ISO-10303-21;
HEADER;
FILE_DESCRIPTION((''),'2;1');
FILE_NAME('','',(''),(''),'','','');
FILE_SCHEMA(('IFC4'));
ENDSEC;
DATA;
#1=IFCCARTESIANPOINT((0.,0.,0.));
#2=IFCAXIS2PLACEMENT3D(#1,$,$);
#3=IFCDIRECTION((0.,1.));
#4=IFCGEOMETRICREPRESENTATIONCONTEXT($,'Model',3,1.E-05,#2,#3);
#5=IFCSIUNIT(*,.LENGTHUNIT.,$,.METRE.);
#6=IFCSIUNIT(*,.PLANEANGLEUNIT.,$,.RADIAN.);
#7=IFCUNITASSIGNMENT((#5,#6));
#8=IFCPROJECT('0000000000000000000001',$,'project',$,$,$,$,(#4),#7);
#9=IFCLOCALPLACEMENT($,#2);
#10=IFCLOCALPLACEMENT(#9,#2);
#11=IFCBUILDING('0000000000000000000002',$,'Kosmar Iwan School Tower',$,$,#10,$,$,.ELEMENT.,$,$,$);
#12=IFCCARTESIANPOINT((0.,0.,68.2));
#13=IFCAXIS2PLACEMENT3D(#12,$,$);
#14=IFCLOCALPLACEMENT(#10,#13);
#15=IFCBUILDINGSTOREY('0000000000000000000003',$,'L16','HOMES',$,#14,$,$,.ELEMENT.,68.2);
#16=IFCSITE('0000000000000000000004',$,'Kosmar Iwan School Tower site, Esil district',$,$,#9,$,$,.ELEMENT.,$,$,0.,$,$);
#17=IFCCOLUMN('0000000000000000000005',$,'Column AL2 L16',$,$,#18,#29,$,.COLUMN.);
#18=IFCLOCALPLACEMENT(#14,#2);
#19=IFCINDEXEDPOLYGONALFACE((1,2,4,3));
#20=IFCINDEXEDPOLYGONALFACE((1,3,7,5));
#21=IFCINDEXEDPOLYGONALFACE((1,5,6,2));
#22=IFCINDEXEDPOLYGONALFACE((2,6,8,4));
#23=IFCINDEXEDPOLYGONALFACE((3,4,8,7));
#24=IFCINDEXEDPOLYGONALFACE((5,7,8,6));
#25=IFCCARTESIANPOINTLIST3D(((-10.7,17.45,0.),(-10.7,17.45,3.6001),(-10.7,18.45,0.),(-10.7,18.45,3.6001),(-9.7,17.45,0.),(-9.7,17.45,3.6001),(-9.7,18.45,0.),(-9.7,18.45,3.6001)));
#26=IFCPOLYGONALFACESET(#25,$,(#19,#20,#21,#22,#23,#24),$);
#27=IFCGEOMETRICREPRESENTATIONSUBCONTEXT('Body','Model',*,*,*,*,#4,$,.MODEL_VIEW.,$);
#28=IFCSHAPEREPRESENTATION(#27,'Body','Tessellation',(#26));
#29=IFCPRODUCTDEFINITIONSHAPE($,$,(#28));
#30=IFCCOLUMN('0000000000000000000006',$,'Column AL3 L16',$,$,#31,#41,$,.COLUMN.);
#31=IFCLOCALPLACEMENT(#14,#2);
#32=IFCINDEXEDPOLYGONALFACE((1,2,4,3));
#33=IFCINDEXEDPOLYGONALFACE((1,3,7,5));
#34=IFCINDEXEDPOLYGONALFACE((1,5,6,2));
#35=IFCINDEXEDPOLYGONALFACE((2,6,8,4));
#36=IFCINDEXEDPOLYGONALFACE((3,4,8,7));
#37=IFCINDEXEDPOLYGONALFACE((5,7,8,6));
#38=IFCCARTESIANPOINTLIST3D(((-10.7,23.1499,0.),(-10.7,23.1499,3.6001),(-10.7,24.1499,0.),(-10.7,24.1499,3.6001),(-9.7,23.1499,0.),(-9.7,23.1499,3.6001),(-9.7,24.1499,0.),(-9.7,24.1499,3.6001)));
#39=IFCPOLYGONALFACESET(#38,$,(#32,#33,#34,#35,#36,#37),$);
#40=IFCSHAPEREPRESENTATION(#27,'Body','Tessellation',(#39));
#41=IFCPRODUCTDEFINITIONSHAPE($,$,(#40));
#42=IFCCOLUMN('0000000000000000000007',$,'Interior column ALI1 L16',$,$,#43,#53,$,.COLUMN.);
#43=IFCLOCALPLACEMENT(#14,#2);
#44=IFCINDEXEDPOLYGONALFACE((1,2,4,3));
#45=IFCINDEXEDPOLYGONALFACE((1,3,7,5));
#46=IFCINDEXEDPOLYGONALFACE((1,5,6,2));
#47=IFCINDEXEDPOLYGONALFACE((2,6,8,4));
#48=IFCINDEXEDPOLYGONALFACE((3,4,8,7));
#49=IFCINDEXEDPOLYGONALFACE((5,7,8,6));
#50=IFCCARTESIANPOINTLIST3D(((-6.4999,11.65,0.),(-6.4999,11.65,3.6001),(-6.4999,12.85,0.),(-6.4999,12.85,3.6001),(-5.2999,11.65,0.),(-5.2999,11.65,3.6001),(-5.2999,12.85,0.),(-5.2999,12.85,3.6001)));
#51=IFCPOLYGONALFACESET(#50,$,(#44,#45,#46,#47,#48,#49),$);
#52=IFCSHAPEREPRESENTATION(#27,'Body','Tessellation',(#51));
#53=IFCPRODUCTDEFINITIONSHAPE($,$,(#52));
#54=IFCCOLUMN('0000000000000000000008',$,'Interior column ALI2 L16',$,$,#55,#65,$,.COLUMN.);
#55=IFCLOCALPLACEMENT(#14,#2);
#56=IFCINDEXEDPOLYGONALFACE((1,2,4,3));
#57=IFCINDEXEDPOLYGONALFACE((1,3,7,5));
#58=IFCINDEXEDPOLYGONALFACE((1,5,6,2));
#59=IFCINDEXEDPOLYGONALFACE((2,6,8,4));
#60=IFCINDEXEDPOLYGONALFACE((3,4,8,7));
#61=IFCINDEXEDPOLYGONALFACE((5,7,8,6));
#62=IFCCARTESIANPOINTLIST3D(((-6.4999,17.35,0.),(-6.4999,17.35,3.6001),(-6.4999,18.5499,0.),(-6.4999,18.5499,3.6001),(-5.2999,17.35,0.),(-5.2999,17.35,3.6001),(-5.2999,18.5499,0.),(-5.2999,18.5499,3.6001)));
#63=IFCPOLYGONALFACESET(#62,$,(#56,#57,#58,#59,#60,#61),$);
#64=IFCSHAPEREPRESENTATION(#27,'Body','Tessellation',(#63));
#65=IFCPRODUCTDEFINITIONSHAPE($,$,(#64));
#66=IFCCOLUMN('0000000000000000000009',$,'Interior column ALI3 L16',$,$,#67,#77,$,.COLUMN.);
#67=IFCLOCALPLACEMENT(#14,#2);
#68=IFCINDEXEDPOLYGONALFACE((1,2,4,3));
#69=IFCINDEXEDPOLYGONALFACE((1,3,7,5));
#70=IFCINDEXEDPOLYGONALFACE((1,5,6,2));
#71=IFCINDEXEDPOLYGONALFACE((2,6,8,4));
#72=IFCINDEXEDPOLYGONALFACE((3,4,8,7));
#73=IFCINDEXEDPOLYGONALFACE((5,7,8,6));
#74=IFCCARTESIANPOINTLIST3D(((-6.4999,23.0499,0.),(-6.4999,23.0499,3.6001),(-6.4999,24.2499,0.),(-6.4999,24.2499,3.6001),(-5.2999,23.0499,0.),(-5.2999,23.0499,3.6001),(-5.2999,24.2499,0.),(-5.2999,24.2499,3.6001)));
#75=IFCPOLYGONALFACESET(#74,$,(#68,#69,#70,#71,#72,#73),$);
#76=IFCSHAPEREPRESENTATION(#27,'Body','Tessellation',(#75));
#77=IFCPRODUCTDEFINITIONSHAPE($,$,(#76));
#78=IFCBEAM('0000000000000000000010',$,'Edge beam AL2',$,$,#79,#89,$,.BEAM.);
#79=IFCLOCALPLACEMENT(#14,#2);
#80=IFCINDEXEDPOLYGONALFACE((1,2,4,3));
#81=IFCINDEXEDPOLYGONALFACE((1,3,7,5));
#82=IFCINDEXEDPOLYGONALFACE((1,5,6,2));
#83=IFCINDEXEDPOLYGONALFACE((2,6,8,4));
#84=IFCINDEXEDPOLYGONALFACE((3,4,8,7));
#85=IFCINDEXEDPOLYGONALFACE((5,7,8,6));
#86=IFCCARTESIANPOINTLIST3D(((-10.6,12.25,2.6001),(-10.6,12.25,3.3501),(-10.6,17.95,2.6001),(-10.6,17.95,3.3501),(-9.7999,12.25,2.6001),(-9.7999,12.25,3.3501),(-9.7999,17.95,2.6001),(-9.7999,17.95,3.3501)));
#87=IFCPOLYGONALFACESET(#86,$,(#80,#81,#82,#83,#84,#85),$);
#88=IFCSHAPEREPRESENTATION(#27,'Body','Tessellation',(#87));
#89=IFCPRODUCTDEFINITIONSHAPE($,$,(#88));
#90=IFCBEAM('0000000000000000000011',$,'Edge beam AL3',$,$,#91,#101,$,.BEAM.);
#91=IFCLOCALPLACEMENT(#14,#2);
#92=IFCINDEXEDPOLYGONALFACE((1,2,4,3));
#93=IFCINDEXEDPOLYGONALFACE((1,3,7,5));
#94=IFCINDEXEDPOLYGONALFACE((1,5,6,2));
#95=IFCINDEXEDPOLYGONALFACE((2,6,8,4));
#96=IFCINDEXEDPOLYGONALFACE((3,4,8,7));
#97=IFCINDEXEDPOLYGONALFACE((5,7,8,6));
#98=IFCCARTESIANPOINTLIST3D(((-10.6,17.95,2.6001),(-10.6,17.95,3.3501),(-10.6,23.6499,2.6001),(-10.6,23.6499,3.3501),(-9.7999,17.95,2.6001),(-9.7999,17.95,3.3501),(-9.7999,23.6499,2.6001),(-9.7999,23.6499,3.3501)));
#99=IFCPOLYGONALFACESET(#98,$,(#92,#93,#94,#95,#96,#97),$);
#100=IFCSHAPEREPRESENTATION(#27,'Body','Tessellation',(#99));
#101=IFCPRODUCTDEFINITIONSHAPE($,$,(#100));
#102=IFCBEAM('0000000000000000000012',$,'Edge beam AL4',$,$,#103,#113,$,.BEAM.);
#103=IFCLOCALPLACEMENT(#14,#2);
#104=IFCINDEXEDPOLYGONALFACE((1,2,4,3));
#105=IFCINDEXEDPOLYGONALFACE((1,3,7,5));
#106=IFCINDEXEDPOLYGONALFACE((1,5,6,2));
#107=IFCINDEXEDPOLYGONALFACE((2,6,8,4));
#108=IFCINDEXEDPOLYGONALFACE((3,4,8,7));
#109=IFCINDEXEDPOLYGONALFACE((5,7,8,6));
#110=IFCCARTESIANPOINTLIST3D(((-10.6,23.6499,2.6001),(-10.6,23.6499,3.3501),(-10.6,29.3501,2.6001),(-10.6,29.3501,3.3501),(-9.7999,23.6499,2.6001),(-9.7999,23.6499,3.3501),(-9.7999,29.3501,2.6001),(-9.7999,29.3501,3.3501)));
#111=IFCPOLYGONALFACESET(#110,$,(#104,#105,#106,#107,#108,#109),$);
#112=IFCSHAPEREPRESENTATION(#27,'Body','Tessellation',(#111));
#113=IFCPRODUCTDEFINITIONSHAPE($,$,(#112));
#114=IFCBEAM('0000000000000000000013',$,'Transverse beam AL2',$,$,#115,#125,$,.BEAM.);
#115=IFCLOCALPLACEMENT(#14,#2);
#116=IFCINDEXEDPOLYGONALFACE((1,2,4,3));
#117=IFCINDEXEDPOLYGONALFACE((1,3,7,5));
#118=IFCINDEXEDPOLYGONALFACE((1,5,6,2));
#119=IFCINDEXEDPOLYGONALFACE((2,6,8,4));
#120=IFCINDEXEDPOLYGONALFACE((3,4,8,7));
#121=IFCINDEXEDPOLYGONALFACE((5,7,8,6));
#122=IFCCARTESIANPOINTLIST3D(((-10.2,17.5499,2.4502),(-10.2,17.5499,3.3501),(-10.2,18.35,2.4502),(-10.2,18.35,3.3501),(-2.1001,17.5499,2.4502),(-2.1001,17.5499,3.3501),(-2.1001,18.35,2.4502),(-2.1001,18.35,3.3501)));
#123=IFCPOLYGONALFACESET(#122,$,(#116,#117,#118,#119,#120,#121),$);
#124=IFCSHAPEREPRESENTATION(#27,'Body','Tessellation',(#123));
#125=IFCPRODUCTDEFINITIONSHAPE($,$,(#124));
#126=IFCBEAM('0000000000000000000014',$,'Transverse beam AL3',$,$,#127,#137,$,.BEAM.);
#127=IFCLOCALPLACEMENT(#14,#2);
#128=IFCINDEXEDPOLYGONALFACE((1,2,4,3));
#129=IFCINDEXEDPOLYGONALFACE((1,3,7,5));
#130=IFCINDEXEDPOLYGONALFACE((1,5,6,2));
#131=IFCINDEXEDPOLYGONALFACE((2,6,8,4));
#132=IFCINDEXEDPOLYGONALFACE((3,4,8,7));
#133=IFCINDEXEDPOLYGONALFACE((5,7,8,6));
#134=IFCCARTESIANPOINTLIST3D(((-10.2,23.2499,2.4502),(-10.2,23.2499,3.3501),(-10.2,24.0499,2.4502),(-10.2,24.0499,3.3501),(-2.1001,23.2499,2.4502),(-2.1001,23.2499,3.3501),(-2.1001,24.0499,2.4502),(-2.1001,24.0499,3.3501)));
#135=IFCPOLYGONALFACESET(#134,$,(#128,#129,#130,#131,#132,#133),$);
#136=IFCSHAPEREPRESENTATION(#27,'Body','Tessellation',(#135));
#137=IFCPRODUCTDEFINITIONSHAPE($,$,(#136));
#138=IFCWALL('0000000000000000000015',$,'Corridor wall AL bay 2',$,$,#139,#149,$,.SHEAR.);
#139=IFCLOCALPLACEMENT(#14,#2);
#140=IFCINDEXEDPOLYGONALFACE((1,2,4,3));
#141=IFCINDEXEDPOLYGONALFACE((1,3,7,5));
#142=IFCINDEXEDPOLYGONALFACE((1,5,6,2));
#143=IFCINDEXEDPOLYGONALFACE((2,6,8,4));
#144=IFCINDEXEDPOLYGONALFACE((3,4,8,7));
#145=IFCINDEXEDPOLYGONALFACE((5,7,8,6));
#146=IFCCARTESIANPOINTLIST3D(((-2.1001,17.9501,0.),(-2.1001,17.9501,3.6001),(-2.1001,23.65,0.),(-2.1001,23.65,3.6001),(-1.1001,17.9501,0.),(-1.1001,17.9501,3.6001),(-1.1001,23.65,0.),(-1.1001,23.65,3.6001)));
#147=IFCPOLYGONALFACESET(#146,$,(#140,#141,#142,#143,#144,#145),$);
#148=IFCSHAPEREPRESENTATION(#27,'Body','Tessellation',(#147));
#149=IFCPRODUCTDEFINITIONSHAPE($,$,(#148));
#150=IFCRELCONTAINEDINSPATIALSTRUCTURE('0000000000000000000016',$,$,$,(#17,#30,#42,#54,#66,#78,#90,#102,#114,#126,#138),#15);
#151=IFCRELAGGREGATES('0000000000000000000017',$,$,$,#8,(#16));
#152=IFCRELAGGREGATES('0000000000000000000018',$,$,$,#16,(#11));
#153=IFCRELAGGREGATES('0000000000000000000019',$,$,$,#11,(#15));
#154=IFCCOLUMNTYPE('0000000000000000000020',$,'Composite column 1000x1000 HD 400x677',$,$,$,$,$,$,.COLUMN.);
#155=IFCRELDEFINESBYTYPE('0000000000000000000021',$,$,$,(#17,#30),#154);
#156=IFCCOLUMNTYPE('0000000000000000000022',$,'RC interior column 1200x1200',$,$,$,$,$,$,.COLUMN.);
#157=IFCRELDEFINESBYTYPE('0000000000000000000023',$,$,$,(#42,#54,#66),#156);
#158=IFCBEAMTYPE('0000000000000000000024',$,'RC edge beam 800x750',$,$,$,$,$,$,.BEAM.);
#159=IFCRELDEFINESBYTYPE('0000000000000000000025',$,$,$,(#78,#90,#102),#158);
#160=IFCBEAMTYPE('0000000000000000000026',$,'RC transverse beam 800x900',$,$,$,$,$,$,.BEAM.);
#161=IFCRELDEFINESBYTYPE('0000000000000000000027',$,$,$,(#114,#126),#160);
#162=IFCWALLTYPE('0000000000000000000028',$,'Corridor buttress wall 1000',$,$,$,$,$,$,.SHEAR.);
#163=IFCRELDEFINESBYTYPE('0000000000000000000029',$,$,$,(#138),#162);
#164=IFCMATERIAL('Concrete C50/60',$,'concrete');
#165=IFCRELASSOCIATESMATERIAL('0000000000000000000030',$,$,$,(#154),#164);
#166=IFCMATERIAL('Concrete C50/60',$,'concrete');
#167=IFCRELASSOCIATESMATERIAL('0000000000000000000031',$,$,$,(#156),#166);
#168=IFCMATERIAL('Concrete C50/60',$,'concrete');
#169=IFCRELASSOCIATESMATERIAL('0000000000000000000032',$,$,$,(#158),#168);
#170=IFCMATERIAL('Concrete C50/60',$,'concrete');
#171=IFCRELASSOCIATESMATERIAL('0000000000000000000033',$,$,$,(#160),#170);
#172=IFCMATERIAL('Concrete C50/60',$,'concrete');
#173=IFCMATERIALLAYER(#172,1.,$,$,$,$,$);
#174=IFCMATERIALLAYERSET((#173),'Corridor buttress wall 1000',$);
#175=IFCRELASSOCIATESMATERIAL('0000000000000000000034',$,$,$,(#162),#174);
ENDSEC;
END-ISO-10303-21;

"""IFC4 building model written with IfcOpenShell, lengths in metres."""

from ifc_helpers import new_model, si_unit, direction, frame, frame_2d, origin, origin_2d, place, context, subcontext, project, spatial, rectangle, extrude, material, layer, layer_set, material_profile, profile_set, type_object, element, save


model = new_model("IFC4")

# Units and contexts
model_context = context("Model", 3, precision=1e-05, world=origin(), true_north=direction((0.0, 1.0)))
body_context = subcontext(model_context, "Body", "Model", "MODEL_VIEW")
ifc_project = project(units=[si_unit("LENGTHUNIT", "METRE"), si_unit("PLANEANGLEUNIT", "RADIAN")], contexts=[model_context])

# Site, building, storey
site_placement = place(None, origin())
site = spatial("IfcSite", under=ifc_project, at=site_placement, Name="Kosmar Iwan School Tower site, Esil district", CompositionType="ELEMENT", RefElevation=0.0)
building_placement = place(site_placement, origin())
building = spatial("IfcBuilding", under=site, at=building_placement, Name="Kosmar Iwan School Tower", CompositionType="ELEMENT")
storey_placement = place(building_placement, frame((0.0, 0.0, 68.2)))
storey = spatial("IfcBuildingStorey", under=building, at=storey_placement, Name="L16", Description="HOMES", CompositionType="ELEMENT", Elevation=68.2)

# Columns
ifc_material_1 = material(Name="Concrete C50/60", Category="concrete")
ifc_material_profile_1 = material_profile(ifc_material_1, rectangle(XDim=1.0, YDim=1.0, at=origin_2d()), Name="RC 1000x1000 + HD 400x677")
ifc_profile_set_1 = profile_set([ifc_material_profile_1], Name="Concrete C50/60")
column_type_1 = type_object("IfcColumnType", Name="Composite column 1000x1000 HD 400x677", PredefinedType="COLUMN", material=ifc_profile_set_1)
for number, where, z_axis, x_axis, name in (
    (1, (-10.2, 17.95, 0.0), (0.0, 0.0, 1.0), (0.0, 1.0, 0.0), "Column AL2 L16"),
    (2, (-10.2, 23.6499, 0.0), (0.0, 0.0, 1.0), (0.0, 1.0, 0.0), "Column AL3 L16"),
):
    element("IfcColumn", number, at=place(storey_placement, frame(where, z_axis=z_axis, x_axis=x_axis)), inside=storey, type_object=column_type_1, Name=name, PredefinedType="COLUMN", context=body_context, shape_type="SweptSolid", body=[
        extrude(rectangle(XDim=1.0, YDim=1.0, at=origin_2d()), origin(), (0.0, 0.0, 1.0), 3.6001),
    ])
ifc_material_2 = material(Name="Concrete C50/60", Category="concrete")
ifc_material_profile_2 = material_profile(ifc_material_2, rectangle(XDim=1.2, YDim=1.2, at=origin_2d()), Name="RC 1200x1200")
ifc_profile_set_2 = profile_set([ifc_material_profile_2], Name="Concrete C50/60")
column_type_2 = type_object("IfcColumnType", Name="RC interior column 1200x1200", PredefinedType="COLUMN", material=ifc_profile_set_2)
for number, where, z_axis, x_axis, name in (
    (3, (-5.8999, 12.25, 0.0), (0.0, 0.0, 1.0), (0.0, 1.0, 0.0), "Interior column ALI1 L16"),
    (4, (-5.8999, 17.95, 0.0), (0.0, 0.0, 1.0), (0.0, 1.0, 0.0), "Interior column ALI2 L16"),
    (5, (-5.8999, 23.6499, 0.0), (0.0, 0.0, 1.0), (0.0, 1.0, 0.0), "Interior column ALI3 L16"),
):
    element("IfcColumn", number, at=place(storey_placement, frame(where, z_axis=z_axis, x_axis=x_axis)), inside=storey, type_object=column_type_2, Name=name, PredefinedType="COLUMN", context=body_context, shape_type="SweptSolid", body=[
        extrude(rectangle(XDim=1.2, YDim=1.2, at=origin_2d()), origin(), (0.0, 0.0, 1.0), 3.6001),
    ])

# Beams
ifc_material_3 = material(Name="Concrete C50/60", Category="concrete")
ifc_material_profile_3 = material_profile(ifc_material_3, rectangle(XDim=0.8, YDim=0.75, at=origin_2d()), Name="RC 800x750")
ifc_profile_set_3 = profile_set([ifc_material_profile_3], Name="Concrete C50/60")
beam_type_1 = type_object("IfcBeamType", Name="RC edge beam 800x750", PredefinedType="BEAM", material=ifc_profile_set_3)
for number, where, z_axis, x_axis, name in (
    (6, (-10.2, 12.25, 2.9751), (0.0, 1.0, 0.0), (-1.0, 0.0, 0.0), "Edge beam AL2"),
    (7, (-10.2, 17.95, 2.9751), (0.0, 1.0, 0.0), (-1.0, 0.0, 0.0), "Edge beam AL3"),
):
    element("IfcBeam", number, at=place(storey_placement, frame(where, z_axis=z_axis, x_axis=x_axis)), inside=storey, type_object=beam_type_1, Name=name, PredefinedType="BEAM", context=body_context, shape_type="SweptSolid", body=[
        extrude(rectangle(XDim=0.8, YDim=0.75, at=origin_2d()), origin(), (0.0, 0.0, 1.0), 5.7),
    ])
beam_placement = place(storey_placement, frame((-10.2, 23.6499, 2.9751), z_axis=(0.0, 1.0, 0.0), x_axis=(-1.0, 0.0, 0.0)))
element("IfcBeam", 8, at=beam_placement, inside=storey, type_object=beam_type_1, Name="Edge beam AL4", PredefinedType="BEAM", context=body_context, shape_type="SweptSolid", body=[
    extrude(rectangle(XDim=0.8, YDim=0.75, at=origin_2d()), origin(), (0.0, 0.0, 1.0), 5.7002),
])
ifc_material_4 = material(Name="Concrete C50/60", Category="concrete")
ifc_material_profile_4 = material_profile(ifc_material_4, rectangle(XDim=0.8, YDim=0.8999, at=origin_2d()), Name="RC 800x900")
ifc_profile_set_4 = profile_set([ifc_material_profile_4], Name="Concrete C50/60")
beam_type_2 = type_object("IfcBeamType", Name="RC transverse beam 800x900", PredefinedType="BEAM", material=ifc_profile_set_4)
for number, where, z_axis, x_axis, name in (
    (9, (-10.2, 17.95, 2.9001), (1.0, 0.0, 0.0), (0.0, 1.0, 0.0), "Transverse beam AL2"),
    (10, (-10.2, 23.6499, 2.9001), (1.0, 0.0, 0.0), (0.0, 1.0, 0.0), "Transverse beam AL3"),
):
    element("IfcBeam", number, at=place(storey_placement, frame(where, z_axis=z_axis, x_axis=x_axis)), inside=storey, type_object=beam_type_2, Name=name, PredefinedType="BEAM", context=body_context, shape_type="SweptSolid", body=[
        extrude(rectangle(XDim=0.8, YDim=0.8999, at=origin_2d()), origin(), (0.0, 0.0, 1.0), 8.0999),
    ])

# Wall
ifc_material_5 = material(Name="Concrete C50/60", Category="concrete")
ifc_layer_1 = layer(ifc_material_5, 1.0)
ifc_layer_set_1 = layer_set([ifc_layer_1], Name="Corridor buttress wall 1000")
wall_type_1 = type_object("IfcWallType", Name="Corridor buttress wall 1000", PredefinedType="SHEAR", material=ifc_layer_set_1)
wall_1_placement = place(storey_placement, frame((-1.6001, 17.95, 0.0), z_axis=(0.0, 0.0, 1.0), x_axis=(0.0, 1.0, 0.0)))
element("IfcWall", 11, at=wall_1_placement, inside=storey, type_object=wall_type_1, Name="Corridor wall AL bay 2", PredefinedType="SHEAR", context=body_context, shape_type="SweptSolid", body=[
    extrude(rectangle(XDim=5.7, YDim=1.0, at=frame_2d((2.8501, 0.0))), origin(), (0.0, 0.0, 1.0), 3.6001),
])

save(model, "model.ifc")
